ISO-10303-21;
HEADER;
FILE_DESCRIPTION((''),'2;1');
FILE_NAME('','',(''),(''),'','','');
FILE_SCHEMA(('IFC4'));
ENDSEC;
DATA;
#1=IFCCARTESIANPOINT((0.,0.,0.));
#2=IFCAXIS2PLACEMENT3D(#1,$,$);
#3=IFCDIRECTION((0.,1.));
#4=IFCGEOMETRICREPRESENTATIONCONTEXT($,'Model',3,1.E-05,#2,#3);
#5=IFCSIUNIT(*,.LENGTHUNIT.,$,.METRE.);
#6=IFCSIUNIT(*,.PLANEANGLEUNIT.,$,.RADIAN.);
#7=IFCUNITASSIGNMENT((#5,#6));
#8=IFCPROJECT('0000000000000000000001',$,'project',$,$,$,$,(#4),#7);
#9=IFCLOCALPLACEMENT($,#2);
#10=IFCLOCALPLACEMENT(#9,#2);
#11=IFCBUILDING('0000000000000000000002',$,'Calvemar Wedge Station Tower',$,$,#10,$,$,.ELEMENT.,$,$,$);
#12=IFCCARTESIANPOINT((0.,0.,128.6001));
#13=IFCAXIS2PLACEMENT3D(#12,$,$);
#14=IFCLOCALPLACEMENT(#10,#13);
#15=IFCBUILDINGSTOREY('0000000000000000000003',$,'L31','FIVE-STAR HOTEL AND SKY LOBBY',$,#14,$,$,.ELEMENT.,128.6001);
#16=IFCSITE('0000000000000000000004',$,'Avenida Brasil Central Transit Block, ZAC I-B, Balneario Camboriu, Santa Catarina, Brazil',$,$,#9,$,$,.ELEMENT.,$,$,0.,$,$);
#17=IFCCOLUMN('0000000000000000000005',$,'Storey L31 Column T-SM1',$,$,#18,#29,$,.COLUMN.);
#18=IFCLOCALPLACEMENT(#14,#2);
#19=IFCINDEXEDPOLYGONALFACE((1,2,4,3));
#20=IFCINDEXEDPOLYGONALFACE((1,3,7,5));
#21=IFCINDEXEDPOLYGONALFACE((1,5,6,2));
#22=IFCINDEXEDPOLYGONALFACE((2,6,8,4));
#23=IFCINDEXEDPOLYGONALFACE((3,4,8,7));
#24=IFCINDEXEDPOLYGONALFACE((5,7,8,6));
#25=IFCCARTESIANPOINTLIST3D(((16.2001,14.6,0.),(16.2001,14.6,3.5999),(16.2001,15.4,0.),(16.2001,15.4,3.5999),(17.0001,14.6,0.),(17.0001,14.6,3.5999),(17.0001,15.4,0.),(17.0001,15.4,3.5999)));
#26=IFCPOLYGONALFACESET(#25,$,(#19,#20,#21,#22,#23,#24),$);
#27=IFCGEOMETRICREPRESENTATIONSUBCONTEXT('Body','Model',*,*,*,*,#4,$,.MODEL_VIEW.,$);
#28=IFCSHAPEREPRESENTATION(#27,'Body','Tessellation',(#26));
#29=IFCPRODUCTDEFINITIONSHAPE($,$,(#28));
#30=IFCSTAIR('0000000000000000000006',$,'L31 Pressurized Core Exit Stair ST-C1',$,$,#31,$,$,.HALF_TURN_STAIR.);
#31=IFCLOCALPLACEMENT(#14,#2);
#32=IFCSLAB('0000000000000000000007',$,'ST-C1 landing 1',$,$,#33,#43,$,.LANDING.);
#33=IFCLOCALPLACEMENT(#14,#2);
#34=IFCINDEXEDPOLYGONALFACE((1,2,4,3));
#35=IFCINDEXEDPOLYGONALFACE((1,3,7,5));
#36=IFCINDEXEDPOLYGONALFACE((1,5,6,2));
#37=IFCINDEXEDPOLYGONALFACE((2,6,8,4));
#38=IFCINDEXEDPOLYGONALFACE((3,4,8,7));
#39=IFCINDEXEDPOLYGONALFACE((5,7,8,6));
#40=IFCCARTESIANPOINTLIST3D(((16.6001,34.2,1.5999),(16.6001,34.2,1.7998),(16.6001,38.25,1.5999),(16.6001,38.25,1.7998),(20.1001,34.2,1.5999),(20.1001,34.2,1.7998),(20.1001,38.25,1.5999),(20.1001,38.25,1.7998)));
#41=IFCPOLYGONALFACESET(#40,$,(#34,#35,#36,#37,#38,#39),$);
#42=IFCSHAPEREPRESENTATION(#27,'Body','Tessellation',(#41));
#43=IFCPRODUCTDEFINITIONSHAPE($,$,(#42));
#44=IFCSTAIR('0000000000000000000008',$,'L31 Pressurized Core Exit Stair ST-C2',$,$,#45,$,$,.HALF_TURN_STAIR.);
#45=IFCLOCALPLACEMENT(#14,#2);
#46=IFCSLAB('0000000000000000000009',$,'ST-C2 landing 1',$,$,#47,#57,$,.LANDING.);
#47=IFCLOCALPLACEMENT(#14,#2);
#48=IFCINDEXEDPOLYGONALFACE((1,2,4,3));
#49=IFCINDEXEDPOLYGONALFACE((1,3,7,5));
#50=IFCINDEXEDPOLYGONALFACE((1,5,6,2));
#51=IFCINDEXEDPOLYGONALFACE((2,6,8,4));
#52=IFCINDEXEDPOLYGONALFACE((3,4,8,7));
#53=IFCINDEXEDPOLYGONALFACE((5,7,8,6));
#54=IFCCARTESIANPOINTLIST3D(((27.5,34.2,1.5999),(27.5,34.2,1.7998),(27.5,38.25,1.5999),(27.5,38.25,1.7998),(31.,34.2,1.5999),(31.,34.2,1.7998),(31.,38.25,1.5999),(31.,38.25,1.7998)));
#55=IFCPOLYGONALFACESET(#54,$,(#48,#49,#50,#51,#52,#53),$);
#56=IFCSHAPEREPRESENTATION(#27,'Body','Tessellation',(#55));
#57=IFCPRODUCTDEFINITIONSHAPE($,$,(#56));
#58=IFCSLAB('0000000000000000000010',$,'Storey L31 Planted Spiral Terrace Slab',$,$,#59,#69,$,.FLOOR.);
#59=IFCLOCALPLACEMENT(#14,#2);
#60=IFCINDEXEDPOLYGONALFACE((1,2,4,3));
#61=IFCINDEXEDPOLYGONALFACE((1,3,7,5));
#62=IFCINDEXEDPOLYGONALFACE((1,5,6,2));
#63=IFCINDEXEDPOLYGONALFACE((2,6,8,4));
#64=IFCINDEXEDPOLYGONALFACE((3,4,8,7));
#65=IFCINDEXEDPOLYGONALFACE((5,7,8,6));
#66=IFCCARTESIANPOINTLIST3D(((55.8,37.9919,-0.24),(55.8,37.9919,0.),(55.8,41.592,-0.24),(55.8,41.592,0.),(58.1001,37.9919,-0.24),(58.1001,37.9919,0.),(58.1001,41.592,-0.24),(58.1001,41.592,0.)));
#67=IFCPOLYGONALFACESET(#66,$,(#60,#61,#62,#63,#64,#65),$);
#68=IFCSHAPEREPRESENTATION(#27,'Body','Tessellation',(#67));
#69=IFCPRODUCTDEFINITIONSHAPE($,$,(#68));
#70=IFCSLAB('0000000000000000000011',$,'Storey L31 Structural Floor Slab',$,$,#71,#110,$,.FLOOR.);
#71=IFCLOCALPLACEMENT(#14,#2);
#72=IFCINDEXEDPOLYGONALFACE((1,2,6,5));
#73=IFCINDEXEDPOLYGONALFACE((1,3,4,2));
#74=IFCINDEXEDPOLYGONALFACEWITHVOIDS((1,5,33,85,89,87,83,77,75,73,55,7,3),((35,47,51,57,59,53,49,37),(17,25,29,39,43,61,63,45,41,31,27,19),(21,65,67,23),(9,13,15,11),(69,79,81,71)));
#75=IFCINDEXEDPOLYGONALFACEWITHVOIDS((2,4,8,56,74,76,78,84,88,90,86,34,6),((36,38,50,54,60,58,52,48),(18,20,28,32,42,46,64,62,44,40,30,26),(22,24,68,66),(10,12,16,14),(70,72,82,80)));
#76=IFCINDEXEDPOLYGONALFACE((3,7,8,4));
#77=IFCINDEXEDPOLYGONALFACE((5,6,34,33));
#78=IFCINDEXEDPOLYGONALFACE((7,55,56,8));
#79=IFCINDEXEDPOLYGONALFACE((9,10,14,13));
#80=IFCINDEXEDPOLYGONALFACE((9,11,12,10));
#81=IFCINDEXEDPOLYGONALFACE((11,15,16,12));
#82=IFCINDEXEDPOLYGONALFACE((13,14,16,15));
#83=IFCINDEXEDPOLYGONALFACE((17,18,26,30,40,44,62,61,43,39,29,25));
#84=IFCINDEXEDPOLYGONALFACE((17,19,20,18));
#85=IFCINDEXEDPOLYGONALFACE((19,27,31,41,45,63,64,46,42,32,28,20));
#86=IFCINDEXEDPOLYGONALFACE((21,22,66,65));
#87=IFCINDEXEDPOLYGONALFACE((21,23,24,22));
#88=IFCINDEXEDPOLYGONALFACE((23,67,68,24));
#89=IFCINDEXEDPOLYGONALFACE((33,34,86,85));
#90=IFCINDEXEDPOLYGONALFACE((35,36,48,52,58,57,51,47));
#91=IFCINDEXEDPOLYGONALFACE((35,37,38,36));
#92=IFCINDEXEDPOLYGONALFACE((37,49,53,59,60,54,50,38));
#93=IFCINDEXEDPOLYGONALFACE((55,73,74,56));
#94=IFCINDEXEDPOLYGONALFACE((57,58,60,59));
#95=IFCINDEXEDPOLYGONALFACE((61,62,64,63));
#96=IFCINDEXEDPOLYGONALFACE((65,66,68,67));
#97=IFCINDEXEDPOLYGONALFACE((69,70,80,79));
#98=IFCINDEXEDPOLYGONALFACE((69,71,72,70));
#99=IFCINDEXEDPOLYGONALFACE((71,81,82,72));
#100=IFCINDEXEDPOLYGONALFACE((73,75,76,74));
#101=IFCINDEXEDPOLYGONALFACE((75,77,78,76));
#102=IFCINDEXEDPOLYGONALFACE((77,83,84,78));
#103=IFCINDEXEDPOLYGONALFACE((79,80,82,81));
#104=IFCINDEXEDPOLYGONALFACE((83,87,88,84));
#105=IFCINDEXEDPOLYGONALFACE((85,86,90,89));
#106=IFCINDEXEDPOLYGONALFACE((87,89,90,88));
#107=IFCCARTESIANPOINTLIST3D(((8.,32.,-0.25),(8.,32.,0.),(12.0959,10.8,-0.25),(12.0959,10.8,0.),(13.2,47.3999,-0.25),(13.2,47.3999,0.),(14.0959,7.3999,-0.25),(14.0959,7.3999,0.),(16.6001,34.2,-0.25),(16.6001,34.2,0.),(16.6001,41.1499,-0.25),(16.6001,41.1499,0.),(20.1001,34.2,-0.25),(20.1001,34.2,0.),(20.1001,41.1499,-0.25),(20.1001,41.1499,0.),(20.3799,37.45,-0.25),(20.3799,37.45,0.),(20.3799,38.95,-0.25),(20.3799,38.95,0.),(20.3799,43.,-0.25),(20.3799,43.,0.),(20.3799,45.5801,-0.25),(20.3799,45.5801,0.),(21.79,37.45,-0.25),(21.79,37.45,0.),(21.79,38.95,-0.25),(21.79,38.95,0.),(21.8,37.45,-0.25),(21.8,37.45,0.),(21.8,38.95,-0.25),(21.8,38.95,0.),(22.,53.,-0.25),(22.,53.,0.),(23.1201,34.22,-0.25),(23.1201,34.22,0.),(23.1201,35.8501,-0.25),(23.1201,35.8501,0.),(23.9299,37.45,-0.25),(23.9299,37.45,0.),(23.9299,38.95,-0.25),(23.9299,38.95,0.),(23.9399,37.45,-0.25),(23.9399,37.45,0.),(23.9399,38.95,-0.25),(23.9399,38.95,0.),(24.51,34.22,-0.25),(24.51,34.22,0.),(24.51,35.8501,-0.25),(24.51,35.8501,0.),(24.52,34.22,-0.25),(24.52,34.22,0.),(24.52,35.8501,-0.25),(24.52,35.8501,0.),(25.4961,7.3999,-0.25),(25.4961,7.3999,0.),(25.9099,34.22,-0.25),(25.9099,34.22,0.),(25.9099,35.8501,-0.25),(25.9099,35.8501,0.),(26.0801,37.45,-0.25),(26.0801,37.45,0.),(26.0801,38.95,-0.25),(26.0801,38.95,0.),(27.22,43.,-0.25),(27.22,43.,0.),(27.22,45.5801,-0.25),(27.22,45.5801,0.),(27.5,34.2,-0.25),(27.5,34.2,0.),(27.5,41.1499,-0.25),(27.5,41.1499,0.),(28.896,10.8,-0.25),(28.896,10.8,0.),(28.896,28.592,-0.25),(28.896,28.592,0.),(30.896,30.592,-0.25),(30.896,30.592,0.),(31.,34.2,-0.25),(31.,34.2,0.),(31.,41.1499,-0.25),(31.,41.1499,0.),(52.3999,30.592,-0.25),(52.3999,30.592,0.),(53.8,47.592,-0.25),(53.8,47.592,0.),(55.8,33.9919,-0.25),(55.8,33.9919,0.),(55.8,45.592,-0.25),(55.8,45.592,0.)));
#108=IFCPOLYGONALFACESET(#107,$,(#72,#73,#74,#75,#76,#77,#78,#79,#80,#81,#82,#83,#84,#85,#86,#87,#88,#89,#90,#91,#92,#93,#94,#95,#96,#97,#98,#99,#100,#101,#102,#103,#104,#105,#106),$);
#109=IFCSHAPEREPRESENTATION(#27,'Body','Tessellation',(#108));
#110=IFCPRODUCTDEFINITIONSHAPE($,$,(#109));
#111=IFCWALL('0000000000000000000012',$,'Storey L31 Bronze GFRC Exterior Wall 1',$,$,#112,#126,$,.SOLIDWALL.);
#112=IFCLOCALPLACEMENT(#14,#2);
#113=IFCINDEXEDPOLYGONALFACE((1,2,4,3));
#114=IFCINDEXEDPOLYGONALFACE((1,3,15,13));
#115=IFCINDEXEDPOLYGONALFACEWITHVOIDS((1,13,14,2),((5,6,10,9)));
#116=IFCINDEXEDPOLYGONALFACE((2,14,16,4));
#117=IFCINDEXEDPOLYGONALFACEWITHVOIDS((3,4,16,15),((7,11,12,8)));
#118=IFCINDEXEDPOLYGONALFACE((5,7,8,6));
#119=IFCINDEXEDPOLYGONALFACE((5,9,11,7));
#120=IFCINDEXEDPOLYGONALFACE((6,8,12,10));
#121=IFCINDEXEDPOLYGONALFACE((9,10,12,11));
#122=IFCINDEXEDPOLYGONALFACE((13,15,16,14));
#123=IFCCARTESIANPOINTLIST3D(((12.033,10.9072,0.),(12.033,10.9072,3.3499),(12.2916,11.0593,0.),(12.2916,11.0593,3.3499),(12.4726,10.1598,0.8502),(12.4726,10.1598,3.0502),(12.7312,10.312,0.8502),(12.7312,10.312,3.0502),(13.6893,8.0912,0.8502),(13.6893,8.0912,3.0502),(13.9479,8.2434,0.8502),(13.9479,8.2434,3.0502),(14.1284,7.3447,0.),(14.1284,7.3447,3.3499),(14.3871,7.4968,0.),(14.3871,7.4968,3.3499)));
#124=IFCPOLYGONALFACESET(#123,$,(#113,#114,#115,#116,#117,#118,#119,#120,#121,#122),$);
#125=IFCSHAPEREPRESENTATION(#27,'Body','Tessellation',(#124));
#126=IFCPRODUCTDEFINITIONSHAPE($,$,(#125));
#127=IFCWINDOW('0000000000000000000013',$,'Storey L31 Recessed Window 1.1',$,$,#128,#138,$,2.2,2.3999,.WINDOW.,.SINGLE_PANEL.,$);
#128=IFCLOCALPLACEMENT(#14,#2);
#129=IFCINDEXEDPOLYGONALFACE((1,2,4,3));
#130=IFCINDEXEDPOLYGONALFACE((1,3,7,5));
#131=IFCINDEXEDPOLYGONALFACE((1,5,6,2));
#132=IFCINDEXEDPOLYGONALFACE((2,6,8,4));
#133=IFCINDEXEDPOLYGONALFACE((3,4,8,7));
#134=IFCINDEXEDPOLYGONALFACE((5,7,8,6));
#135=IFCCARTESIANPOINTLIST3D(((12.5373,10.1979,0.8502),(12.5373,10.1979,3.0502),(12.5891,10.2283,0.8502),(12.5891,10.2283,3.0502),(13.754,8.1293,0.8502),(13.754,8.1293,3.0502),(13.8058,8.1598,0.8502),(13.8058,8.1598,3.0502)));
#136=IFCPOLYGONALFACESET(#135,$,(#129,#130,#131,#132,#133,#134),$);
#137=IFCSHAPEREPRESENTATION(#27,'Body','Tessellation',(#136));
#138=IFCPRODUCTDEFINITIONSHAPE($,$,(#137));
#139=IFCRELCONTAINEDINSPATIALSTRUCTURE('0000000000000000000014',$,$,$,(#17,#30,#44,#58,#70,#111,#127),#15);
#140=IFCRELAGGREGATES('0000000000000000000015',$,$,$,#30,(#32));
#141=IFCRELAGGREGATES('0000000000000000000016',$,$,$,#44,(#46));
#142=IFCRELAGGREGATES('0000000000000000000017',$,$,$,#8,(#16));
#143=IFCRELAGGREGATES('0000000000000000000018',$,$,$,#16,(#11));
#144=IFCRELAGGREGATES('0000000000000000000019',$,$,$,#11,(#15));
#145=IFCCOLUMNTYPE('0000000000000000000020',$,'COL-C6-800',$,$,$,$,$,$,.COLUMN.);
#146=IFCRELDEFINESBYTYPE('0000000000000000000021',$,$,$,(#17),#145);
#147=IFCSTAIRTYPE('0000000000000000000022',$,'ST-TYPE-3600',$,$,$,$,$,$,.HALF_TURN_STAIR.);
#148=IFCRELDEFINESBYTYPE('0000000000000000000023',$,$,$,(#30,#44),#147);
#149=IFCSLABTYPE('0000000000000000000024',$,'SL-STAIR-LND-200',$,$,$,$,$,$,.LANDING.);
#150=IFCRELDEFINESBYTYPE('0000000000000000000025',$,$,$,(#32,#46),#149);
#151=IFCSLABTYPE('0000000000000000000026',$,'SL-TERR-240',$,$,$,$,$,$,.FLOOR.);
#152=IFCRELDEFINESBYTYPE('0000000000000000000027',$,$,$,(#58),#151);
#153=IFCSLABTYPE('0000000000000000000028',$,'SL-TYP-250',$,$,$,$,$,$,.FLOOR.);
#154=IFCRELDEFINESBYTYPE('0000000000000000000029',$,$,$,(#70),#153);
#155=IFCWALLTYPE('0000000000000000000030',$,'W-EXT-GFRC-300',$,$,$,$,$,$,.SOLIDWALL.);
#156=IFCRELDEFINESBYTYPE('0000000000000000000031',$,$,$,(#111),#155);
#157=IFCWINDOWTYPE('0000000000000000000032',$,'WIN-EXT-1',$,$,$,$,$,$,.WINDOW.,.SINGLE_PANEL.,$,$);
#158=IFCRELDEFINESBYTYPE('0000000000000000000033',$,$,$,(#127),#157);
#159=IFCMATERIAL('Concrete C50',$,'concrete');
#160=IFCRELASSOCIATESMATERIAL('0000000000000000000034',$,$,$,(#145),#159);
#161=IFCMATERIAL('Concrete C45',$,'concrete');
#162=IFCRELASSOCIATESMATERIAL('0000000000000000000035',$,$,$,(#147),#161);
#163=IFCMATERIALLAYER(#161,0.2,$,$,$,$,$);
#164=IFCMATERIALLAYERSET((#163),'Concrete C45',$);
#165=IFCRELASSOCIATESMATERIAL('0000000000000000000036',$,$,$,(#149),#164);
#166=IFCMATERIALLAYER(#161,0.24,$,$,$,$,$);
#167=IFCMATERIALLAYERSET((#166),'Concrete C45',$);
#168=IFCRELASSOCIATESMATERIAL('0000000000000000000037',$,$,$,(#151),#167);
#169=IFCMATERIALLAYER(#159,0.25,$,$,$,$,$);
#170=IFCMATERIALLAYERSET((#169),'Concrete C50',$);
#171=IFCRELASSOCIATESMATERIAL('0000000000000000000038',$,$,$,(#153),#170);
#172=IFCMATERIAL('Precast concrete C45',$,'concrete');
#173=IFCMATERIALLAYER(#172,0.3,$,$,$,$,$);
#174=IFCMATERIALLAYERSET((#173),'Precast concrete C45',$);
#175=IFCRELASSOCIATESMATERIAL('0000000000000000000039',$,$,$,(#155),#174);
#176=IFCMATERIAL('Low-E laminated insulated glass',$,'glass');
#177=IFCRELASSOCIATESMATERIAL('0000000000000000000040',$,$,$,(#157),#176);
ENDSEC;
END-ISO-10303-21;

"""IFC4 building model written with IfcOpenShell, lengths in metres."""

from ifc_helpers import new_model, si_unit, direction, frame, frame_2d, origin, origin_2d, place, context, subcontext, project, spatial, polyline, rectangle, outline, extrude, source, transform, mapped, material, layer, layer_set, material_profile, profile_set, type_object, element, fill, aggregate, save


model = new_model("IFC4")

# Units and contexts
model_context = context("Model", 3, precision=1e-05, world=origin(), true_north=direction((0.0, 1.0)))
body_context = subcontext(model_context, "Body", "Model", "MODEL_VIEW")
ifc_project = project(units=[si_unit("LENGTHUNIT", "METRE"), si_unit("PLANEANGLEUNIT", "RADIAN")], contexts=[model_context])

# Site, building, storey
site_placement = place(None, origin())
site = spatial("IfcSite", under=ifc_project, at=site_placement, Name="Avenida Brasil Central Transit Block, ZAC I-B, Balneario Camboriu, Santa Catarina, Brazil", CompositionType="ELEMENT", RefElevation=0.0)
building_placement = place(site_placement, origin())
building = spatial("IfcBuilding", under=site, at=building_placement, Name="Calvemar Wedge Station Tower", CompositionType="ELEMENT")
storey_placement = place(building_placement, frame((0.0, 0.0, 128.6001)))
storey = spatial("IfcBuildingStorey", under=building, at=storey_placement, Name="L31", Description="FIVE-STAR HOTEL AND SKY LOBBY", CompositionType="ELEMENT", Elevation=128.6001)

# Column
ifc_material_1 = material(Name="Concrete C50", Category="concrete")
ifc_material_profile = material_profile(ifc_material_1, rectangle(XDim=0.8, YDim=0.8, at=origin_2d()), Name="RC800x800")
ifc_profile_set = profile_set([ifc_material_profile], Name="Concrete C50")
column_type = type_object("IfcColumnType", Name="COL-C6-800", PredefinedType="COLUMN", material=ifc_profile_set)
shared_shape_1 = source(origin(), body_context, "Body", "SweptSolid", [
    extrude(rectangle(XDim=0.8, YDim=0.8, at=origin_2d()), origin(), (0.0, 0.0, 1.0), 3.5999),
])
column_placement = place(storey_placement, frame((16.6001, 15.0, 0.0), z_axis=(0.0, 0.0, 1.0), x_axis=(1.0, 0.0, 0.0)))
element("IfcColumn", 1, at=column_placement, inside=storey, type_object=column_type, Name="Storey L31 Column T-SM1", PredefinedType="COLUMN", context=body_context, shape_type="MappedRepresentation", body=[
    mapped(shared_shape_1, transform((0.0, 0.0, 0.0), scale=1.0)),
])

# Stairs, slabs
ifc_material_2 = material(Name="Concrete C45", Category="concrete")
stair_type = type_object("IfcStairType", Name="ST-TYPE-3600", PredefinedType="HALF_TURN_STAIR", material=ifc_material_2)
stair_1_placement = place(storey_placement, origin())
stair_1 = element("IfcStair", 2, at=stair_1_placement, inside=storey, type_object=stair_type, Name="L31 Pressurized Core Exit Stair ST-C1", PredefinedType="HALF_TURN_STAIR")
ifc_layer_1 = layer(ifc_material_2, 0.2)
ifc_layer_set_1 = layer_set([ifc_layer_1], Name="Concrete C45")
slab_type_1 = type_object("IfcSlabType", Name="SL-STAIR-LND-200", PredefinedType="LANDING", material=ifc_layer_set_1)
slab_1_placement = place(storey_placement, frame((0.0, 0.0, 1.5999)))
slab_1 = element("IfcSlab", 3, at=slab_1_placement, type_object=slab_type_1, Name="ST-C1 landing 1", PredefinedType="LANDING", context=body_context, shape_type="SweptSolid", body=[
    extrude(outline(polyline([(16.6001, 38.25), (16.6001, 34.2), (20.1001, 34.2), (20.1001, 38.25), (16.6001, 38.25)])), origin(), (0.0, 0.0, 1.0), 0.2),
])
aggregate(stair_1, [slab_1])
stair_2_placement = place(storey_placement, origin())
stair_2 = element("IfcStair", 4, at=stair_2_placement, inside=storey, type_object=stair_type, Name="L31 Pressurized Core Exit Stair ST-C2", PredefinedType="HALF_TURN_STAIR")
slab_2_placement = place(storey_placement, frame((0.0, 0.0, 1.5999)))
slab_2 = element("IfcSlab", 5, at=slab_2_placement, type_object=slab_type_1, Name="ST-C2 landing 1", PredefinedType="LANDING", context=body_context, shape_type="SweptSolid", body=[
    extrude(outline(polyline([(27.5, 38.25), (27.5, 34.2), (31.0, 34.2), (31.0, 38.25), (27.5, 38.25)])), origin(), (0.0, 0.0, 1.0), 0.2),
])
aggregate(stair_2, [slab_2])

# Slabs
ifc_layer_2 = layer(ifc_material_2, 0.24)
ifc_layer_set_2 = layer_set([ifc_layer_2], Name="Concrete C45")
slab_type_2 = type_object("IfcSlabType", Name="SL-TERR-240", PredefinedType="FLOOR", material=ifc_layer_set_2)
slab_3_placement = place(storey_placement, frame((0.0, 0.0, -0.24)))
element("IfcSlab", 6, at=slab_3_placement, inside=storey, type_object=slab_type_2, Name="Storey L31 Planted Spiral Terrace Slab", PredefinedType="FLOOR", context=body_context, shape_type="SweptSolid", body=[
    extrude(outline(polyline([(55.8, 37.9919), (58.1001, 37.9919), (58.1001, 41.592), (55.8, 41.592), (55.8, 37.9919)])), origin(), (0.0, 0.0, 1.0), 0.24),
])
ifc_layer_3 = layer(ifc_material_1, 0.25)
ifc_layer_set_3 = layer_set([ifc_layer_3], Name="Concrete C50")
slab_type_3 = type_object("IfcSlabType", Name="SL-TYP-250", PredefinedType="FLOOR", material=ifc_layer_set_3)
slab_4_placement = place(storey_placement, frame((0.0, 0.0, -0.25)))
element("IfcSlab", 7, at=slab_4_placement, inside=storey, type_object=slab_type_3, Name="Storey L31 Structural Floor Slab", PredefinedType="FLOOR", context=body_context, shape_type="SweptSolid", body=[
    extrude(outline(polyline([(8.0, 32.0), (12.0959, 10.8), (14.0959, 7.3999), (25.4961, 7.3999), (28.896, 10.8), (28.896, 28.592), (30.896, 30.592), (52.3999, 30.592), (55.8, 33.9919), (55.8, 45.592), (53.8, 47.592), (22.0, 53.0), (13.2, 47.3999), (8.0, 32.0)]), holes=[polyline([(24.52, 35.8501), (24.51, 35.8501), (23.1201, 35.8501), (23.1201, 34.22), (24.51, 34.22), (24.52, 34.22), (25.9099, 34.22), (25.9099, 35.8501), (24.52, 35.8501)]), polyline([(16.6001, 34.2), (20.1001, 34.2), (20.1001, 41.1499), (16.6001, 41.1499), (16.6001, 34.2)]), polyline([(27.5, 34.2), (31.0, 34.2), (31.0, 41.1499), (27.5, 41.1499), (27.5, 34.2)]), polyline([(21.8, 38.95), (21.79, 38.95), (20.3799, 38.95), (20.3799, 37.45), (21.79, 37.45), (21.8, 37.45), (23.9299, 37.45), (23.9399, 37.45), (26.0801, 37.45), (26.0801, 38.95), (23.9399, 38.95), (23.9299, 38.95), (21.8, 38.95)]), polyline([(27.22, 43.0), (27.22, 45.5801), (20.3799, 45.5801), (20.3799, 43.0), (27.22, 43.0)])]), origin(), (0.0, 0.0, 1.0), 0.25),
])

# Wall, opening, window
ifc_material_3 = material(Name="Precast concrete C45", Category="concrete")
ifc_layer_4 = layer(ifc_material_3, 0.3)
ifc_layer_set_4 = layer_set([ifc_layer_4], Name="Precast concrete C45")
wall_type_1 = type_object("IfcWallType", Name="W-EXT-GFRC-300", PredefinedType="SOLIDWALL", material=ifc_layer_set_4)
wall_1_placement = place(storey_placement, frame((12.1624, 10.9832, 0.0), z_axis=(0.0, 0.0, 1.0), x_axis=(0.506997, -0.861948, 0.0)))
wall_1 = element("IfcWall", 8, at=wall_1_placement, inside=storey, type_object=wall_type_1, Name="Storey L31 Bronze GFRC Exterior Wall 1", PredefinedType="SOLIDWALL", context=body_context, shape_type="SweptSolid", body=[
    extrude(rectangle(XDim=4.1331, YDim=0.3, at=frame_2d((2.0664, 0.0))), origin(), (0.0, 0.0, 1.0), 3.3499),
])
shared_shape_2 = source(origin(), body_context, "Body", "SweptSolid", [
    extrude(rectangle(XDim=2.3999, YDim=2.2, at=frame_2d((1.2, 1.1001))), frame((0.0, 0.1602, 0.0), z_axis=(0.0, -1.0, 0.0), x_axis=(1.0, 0.0, 0.0)), (0.0, 0.0, 1.0), 0.3201),
])
opening_1_placement = place(wall_1_placement, frame((0.8669, 0.0, 0.8501)))
opening_1 = element("IfcOpeningElement", 9, at=opening_1_placement, cuts=wall_1, PredefinedType="OPENING", context=body_context, shape_type="MappedRepresentation", body=[
    mapped(shared_shape_2, transform((0.0, 0.0, 0.0), scale=1.0)),
])
ifc_material_4 = material(Name="Low-E laminated insulated glass", Category="glass")
window_type_1 = type_object("IfcWindowType", Name="WIN-EXT-1", PartitioningType="SINGLE_PANEL", PredefinedType="WINDOW", material=ifc_material_4)
shared_shape_3 = source(origin(), body_context, "Body", "SweptSolid", [
    extrude(rectangle(XDim=2.3999, YDim=2.2, at=frame_2d((1.2, 1.1001))), frame((0.0, -0.0149, 0.0), z_axis=(0.0, -1.0, 0.0), x_axis=(1.0, 0.0, 0.0)), (0.0, 0.0, 1.0), 0.0601),
])
window_1_placement = place(opening_1_placement, origin())
window_1 = element("IfcWindow", 10, at=window_1_placement, inside=storey, type_object=window_type_1, Name="Storey L31 Recessed Window 1.1", OverallHeight=2.2, OverallWidth=2.3999, PartitioningType="SINGLE_PANEL", PredefinedType="WINDOW", context=body_context, shape_type="MappedRepresentation", body=[
    mapped(shared_shape_3, transform((0.0, 0.0, 0.0), scale=1.0)),
])
fill(opening_1, window_1)

save(model, "model.ifc")
